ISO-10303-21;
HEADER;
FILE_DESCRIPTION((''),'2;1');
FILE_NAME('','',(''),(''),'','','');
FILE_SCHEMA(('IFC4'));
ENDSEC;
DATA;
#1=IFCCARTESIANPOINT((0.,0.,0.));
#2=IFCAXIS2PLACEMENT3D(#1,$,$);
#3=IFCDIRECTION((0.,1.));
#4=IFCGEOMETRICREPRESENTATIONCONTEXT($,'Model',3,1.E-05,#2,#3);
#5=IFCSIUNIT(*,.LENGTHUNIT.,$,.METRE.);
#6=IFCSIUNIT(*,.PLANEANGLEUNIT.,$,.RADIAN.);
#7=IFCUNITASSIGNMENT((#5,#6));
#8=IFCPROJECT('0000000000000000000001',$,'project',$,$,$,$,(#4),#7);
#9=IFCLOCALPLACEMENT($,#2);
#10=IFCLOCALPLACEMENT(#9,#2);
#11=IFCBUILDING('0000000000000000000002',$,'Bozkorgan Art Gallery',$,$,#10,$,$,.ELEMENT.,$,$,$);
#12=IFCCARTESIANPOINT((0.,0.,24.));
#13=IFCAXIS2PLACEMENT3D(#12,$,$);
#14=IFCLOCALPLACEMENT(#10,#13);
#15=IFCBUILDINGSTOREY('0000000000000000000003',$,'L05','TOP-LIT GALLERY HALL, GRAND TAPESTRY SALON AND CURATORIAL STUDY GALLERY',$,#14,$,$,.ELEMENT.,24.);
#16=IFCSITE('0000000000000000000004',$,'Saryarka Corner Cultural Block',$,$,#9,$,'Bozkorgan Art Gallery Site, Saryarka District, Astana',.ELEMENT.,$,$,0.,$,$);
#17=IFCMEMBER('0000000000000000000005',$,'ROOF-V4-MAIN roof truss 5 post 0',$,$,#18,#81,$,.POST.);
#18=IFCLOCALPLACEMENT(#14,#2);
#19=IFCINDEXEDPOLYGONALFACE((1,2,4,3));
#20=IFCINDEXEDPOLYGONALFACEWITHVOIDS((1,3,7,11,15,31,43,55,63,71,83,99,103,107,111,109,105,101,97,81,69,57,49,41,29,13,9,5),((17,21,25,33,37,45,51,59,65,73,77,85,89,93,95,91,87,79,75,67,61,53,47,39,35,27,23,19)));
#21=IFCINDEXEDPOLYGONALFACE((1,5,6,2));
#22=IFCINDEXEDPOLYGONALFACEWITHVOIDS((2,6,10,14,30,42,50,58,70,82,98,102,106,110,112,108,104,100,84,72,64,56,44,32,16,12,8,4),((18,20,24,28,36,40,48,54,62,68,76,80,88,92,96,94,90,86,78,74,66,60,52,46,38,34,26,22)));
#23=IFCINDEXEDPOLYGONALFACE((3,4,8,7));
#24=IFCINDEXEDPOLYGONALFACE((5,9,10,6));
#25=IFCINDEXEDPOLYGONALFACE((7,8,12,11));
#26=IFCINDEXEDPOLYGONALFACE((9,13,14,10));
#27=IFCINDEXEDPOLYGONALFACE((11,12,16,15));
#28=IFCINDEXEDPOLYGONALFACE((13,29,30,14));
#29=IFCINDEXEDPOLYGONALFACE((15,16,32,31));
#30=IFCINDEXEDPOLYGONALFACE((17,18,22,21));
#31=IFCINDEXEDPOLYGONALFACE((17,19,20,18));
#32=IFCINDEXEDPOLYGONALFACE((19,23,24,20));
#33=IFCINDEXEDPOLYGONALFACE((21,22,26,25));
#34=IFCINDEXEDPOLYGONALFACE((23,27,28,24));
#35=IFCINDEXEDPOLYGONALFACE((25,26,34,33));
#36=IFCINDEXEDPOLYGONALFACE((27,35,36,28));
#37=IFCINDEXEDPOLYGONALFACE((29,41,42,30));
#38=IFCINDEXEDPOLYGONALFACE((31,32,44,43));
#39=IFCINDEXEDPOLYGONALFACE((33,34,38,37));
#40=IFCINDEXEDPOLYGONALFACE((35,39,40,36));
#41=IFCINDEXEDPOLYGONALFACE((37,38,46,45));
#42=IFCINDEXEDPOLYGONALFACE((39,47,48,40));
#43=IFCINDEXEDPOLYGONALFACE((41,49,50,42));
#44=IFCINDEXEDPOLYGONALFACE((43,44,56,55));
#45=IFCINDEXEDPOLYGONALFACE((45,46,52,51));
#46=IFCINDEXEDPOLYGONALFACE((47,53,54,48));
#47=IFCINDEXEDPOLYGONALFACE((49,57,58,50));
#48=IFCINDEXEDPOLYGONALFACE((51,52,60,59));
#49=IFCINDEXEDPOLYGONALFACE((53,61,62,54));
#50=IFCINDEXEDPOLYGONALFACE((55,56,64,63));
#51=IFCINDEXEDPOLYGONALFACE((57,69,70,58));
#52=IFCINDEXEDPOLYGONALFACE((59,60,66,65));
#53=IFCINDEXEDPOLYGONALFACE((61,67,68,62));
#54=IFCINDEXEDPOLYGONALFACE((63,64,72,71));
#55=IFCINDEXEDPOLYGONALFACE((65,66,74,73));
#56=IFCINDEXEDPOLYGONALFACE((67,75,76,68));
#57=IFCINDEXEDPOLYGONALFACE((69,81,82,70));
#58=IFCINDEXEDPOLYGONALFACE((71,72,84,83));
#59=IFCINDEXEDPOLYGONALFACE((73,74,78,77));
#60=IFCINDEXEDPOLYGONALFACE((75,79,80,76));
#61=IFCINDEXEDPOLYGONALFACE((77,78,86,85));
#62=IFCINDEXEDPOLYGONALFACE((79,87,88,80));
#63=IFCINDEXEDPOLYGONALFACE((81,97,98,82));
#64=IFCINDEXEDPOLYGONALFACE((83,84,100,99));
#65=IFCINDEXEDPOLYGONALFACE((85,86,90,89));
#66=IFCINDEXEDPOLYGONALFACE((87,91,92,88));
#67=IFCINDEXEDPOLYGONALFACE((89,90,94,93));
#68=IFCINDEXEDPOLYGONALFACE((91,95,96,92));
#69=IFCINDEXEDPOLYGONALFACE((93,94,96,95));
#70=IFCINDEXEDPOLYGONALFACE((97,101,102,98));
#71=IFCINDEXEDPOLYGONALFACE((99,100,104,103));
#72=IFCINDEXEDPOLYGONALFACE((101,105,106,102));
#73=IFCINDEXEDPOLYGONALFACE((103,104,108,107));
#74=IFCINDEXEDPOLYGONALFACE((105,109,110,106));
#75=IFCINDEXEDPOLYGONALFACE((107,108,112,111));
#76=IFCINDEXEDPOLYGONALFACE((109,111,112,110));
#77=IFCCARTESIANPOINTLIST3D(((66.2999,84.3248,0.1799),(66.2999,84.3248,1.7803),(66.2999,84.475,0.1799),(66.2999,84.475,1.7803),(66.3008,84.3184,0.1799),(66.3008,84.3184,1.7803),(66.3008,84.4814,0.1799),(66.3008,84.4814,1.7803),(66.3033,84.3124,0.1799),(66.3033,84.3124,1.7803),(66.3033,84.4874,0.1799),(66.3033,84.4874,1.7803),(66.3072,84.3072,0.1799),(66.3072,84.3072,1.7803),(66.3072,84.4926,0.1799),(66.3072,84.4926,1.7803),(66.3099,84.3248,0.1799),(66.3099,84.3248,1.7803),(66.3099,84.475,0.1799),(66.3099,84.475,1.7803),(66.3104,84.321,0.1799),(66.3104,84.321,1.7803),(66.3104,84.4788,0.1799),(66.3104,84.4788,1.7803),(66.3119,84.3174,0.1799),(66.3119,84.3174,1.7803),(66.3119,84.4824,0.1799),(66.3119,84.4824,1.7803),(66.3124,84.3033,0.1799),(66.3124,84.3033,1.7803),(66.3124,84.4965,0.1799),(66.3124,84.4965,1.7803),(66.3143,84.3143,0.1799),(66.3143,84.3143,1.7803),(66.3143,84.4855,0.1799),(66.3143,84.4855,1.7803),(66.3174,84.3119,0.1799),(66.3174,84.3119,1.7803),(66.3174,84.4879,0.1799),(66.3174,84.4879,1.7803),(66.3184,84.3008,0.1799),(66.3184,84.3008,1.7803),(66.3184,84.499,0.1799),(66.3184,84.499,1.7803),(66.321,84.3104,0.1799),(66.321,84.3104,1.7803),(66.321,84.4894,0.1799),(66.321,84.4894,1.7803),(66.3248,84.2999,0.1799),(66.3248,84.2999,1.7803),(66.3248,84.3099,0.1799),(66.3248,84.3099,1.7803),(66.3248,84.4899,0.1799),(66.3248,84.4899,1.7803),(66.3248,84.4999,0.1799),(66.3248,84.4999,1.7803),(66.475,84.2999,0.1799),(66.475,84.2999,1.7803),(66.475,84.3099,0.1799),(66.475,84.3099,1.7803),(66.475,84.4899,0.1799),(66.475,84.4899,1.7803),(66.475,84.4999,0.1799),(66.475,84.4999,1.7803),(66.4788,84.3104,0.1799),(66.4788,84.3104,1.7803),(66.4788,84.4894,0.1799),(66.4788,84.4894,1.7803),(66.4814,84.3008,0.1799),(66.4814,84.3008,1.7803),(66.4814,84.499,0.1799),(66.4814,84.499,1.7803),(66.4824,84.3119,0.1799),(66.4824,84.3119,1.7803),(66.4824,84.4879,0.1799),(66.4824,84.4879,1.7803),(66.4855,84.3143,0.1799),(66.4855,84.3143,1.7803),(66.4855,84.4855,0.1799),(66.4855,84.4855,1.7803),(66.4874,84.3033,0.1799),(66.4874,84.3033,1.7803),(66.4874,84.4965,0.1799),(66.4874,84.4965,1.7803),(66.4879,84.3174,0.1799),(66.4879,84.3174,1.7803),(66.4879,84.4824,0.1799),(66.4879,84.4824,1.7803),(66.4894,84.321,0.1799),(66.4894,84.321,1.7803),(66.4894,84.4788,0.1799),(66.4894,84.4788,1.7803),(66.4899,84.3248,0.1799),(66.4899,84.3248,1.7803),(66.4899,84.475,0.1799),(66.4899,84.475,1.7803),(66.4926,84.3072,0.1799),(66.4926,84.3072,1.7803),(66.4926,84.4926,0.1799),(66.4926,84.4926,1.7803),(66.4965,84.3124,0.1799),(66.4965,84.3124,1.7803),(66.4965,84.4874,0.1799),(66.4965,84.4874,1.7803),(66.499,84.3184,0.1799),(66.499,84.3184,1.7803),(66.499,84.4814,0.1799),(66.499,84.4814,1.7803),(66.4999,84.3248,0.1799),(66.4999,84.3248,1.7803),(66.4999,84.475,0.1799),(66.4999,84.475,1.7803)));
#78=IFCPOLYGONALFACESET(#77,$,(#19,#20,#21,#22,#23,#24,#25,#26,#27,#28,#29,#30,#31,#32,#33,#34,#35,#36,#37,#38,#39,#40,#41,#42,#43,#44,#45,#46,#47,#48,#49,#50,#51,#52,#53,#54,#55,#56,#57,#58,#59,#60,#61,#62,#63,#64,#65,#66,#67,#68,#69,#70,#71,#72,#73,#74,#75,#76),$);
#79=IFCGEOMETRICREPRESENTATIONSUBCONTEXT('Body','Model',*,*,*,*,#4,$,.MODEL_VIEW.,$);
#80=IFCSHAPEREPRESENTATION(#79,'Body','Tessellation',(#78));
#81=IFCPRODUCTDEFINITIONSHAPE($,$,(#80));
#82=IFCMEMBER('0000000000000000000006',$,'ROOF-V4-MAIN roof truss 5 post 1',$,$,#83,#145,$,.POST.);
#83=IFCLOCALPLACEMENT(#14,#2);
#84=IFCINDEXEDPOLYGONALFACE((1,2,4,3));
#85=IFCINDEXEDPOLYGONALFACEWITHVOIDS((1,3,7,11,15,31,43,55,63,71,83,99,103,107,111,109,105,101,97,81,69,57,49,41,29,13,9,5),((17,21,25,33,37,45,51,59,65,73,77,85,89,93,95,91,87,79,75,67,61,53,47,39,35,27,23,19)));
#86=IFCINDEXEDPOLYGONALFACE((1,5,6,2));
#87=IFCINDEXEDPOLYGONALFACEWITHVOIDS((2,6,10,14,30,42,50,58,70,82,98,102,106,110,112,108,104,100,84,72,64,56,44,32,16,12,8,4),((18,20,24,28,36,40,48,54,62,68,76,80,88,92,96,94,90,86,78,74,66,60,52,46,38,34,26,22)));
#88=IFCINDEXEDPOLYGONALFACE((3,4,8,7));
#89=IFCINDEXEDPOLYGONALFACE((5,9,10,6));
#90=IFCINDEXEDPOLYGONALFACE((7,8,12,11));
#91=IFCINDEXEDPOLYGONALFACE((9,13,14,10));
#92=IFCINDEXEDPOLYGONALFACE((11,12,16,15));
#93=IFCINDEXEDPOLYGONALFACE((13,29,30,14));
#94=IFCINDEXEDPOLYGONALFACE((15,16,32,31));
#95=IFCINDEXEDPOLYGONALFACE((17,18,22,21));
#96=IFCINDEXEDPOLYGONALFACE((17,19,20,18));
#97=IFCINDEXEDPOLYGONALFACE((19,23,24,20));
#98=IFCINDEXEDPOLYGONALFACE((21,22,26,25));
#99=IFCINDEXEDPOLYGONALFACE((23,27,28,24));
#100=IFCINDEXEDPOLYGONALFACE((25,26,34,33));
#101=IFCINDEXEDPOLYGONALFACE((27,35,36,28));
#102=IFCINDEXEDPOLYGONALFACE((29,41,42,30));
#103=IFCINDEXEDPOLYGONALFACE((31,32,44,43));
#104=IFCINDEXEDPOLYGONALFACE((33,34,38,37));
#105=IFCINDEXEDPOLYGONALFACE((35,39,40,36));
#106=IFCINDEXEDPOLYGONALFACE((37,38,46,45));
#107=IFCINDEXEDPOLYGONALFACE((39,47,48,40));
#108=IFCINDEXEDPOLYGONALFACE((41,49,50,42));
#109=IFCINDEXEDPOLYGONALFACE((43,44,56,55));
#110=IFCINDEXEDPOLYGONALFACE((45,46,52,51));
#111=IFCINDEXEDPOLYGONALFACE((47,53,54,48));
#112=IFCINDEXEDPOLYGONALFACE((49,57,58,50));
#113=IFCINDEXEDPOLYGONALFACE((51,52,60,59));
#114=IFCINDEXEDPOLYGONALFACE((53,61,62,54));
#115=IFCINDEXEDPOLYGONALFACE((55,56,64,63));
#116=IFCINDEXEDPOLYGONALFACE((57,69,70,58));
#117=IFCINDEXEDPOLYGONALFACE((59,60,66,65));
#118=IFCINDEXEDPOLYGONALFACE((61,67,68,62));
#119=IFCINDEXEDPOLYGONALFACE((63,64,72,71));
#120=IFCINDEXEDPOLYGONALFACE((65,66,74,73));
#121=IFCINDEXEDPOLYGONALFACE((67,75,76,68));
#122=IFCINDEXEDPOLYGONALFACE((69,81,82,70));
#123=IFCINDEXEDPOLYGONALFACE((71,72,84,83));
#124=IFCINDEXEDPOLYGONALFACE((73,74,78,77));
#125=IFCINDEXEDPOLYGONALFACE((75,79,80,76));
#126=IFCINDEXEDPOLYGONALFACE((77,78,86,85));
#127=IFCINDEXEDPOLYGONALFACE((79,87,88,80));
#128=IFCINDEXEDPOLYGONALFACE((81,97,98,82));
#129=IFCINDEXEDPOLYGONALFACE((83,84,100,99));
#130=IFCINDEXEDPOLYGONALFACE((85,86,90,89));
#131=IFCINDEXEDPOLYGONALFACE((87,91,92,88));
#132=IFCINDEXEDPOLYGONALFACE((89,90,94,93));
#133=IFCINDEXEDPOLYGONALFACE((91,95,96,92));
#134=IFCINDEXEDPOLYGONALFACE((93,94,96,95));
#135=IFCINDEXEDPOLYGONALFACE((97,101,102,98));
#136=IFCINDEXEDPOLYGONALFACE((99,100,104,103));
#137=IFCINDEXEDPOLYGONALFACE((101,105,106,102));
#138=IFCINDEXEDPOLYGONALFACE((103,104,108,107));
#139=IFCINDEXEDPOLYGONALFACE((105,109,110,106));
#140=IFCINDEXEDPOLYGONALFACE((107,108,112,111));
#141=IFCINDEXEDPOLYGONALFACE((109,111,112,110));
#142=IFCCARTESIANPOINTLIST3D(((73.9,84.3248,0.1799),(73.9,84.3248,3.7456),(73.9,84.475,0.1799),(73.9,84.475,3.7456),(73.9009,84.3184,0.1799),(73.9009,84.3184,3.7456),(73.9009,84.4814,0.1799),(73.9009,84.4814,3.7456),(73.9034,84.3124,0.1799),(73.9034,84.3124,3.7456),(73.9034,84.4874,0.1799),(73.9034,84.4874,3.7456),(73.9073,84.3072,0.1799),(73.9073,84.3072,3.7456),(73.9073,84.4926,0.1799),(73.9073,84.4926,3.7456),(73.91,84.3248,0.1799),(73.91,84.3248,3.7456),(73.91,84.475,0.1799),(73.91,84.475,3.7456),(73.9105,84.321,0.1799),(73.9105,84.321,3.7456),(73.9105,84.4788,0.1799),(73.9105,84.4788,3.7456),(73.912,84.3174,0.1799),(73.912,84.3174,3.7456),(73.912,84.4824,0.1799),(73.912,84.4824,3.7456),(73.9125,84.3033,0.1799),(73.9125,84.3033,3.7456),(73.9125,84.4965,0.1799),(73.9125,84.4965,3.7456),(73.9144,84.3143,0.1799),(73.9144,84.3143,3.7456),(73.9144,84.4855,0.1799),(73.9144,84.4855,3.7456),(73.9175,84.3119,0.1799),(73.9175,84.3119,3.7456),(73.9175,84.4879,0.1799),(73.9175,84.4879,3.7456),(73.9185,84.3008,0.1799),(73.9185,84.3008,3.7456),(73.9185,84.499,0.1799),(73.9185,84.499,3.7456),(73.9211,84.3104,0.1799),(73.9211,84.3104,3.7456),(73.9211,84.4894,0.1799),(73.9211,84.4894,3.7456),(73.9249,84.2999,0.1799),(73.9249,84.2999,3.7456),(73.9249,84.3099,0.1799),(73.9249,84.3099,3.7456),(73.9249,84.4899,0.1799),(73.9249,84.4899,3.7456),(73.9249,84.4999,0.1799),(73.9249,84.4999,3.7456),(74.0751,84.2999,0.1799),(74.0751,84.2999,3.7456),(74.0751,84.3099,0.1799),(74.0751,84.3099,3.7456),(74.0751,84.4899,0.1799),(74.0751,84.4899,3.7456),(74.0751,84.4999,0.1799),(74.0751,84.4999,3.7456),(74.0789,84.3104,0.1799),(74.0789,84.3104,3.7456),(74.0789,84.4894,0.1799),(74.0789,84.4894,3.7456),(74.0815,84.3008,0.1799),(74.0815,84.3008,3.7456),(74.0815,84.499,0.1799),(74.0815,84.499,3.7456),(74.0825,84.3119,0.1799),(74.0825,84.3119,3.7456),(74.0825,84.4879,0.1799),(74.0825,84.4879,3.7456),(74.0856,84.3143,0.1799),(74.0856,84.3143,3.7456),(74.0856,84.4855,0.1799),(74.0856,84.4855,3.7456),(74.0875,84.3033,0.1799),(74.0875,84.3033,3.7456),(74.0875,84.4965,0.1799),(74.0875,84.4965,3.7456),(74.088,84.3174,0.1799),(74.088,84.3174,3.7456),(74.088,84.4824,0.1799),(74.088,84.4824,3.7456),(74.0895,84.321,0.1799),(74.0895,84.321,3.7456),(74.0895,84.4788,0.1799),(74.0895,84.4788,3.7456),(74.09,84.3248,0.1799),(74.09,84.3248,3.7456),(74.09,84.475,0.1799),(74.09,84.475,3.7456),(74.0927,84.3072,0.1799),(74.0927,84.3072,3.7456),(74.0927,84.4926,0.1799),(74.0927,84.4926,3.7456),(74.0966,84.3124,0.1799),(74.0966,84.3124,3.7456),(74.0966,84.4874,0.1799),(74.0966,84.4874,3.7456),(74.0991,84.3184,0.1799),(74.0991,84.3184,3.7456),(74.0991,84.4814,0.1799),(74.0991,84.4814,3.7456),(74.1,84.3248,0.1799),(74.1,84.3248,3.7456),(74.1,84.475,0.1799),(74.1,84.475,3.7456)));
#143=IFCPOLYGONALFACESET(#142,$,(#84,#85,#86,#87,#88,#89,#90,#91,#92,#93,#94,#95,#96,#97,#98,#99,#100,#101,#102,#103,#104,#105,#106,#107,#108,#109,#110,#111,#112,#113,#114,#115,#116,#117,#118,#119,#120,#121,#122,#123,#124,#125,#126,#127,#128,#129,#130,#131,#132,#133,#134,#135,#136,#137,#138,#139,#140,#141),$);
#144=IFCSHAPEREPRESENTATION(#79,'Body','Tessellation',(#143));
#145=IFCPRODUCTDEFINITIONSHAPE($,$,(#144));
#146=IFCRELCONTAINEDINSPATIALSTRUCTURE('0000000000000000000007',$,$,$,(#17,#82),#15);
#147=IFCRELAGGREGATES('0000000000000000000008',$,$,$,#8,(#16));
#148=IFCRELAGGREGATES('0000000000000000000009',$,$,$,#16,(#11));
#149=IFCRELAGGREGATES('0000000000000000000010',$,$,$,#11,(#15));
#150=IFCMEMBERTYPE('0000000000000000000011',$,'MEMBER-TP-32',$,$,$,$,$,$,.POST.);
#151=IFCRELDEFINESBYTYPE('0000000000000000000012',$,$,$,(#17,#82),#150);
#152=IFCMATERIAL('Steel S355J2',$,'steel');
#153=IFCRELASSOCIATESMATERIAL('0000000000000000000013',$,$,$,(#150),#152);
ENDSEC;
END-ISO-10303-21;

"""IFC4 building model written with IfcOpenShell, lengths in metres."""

from ifc_helpers import new_model, si_unit, direction, frame, origin, origin_2d, place, context, subcontext, project, spatial, hollow_rectangle, extrude, material, material_profile, profile_set, type_object, element, save


model = new_model("IFC4")

# Units and contexts
model_context = context("Model", 3, precision=1e-05, world=origin(), true_north=direction((0.0, 1.0)))
body_context = subcontext(model_context, "Body", "Model", "MODEL_VIEW")
ifc_project = project(units=[si_unit("LENGTHUNIT", "METRE"), si_unit("PLANEANGLEUNIT", "RADIAN")], contexts=[model_context])

# Site, building, storey
site_placement = place(None, origin())
site = spatial("IfcSite", under=ifc_project, at=site_placement, Name="Saryarka Corner Cultural Block", LongName="Bozkorgan Art Gallery Site, Saryarka District, Astana", CompositionType="ELEMENT", RefElevation=0.0)
building_placement = place(site_placement, origin())
building = spatial("IfcBuilding", under=site, at=building_placement, Name="Bozkorgan Art Gallery", CompositionType="ELEMENT")
storey_placement = place(building_placement, frame((0.0, 0.0, 24.0)))
storey = spatial("IfcBuildingStorey", under=building, at=storey_placement, Name="L05", Description="TOP-LIT GALLERY HALL, GRAND TAPESTRY SALON AND CURATORIAL STUDY GALLERY", CompositionType="ELEMENT", Elevation=24.0)

# Shared definitions
ifc_material = material(Name="Steel S355J2", Category="steel")

# Members
ifc_material_profile_1 = material_profile(ifc_material, hollow_rectangle(XDim=0.2, YDim=0.2, WallThickness=0.01, InnerFilletRadius=0.0149, OuterFilletRadius=0.0249, at=origin_2d()), Name="SHS 200x200x10")
ifc_profile_set_1 = profile_set([ifc_material_profile_1], Name="Steel S355J2")
member_type_1 = type_object("IfcMemberType", Name="MEMBER-TP-32", PredefinedType="POST", material=ifc_profile_set_1)
member_1_placement = place(storey_placement, frame((66.3999, 84.3999, 0.1799), z_axis=(0.0, 0.0, 1.0), x_axis=(1.0, 0.0, 0.0)))
element("IfcMember", 1, at=member_1_placement, inside=storey, type_object=member_type_1, Name="ROOF-V4-MAIN roof truss 5 post 0", PredefinedType="POST", context=body_context, shape_type="SweptSolid", body=[
    extrude(hollow_rectangle(XDim=0.2, YDim=0.2, WallThickness=0.01, InnerFilletRadius=0.0149, OuterFilletRadius=0.0249, at=origin_2d()), origin(), (0.0, 0.0, 1.0), 1.6003),
])
member_2_placement = place(storey_placement, frame((74.0, 84.3999, 0.1799), z_axis=(0.0, 0.0, 1.0), x_axis=(1.0, 0.0, 0.0)))
element("IfcMember", 2, at=member_2_placement, inside=storey, type_object=member_type_1, Name="ROOF-V4-MAIN roof truss 5 post 1", PredefinedType="POST", context=body_context, shape_type="SweptSolid", body=[
    extrude(hollow_rectangle(XDim=0.2, YDim=0.2, WallThickness=0.01, InnerFilletRadius=0.0149, OuterFilletRadius=0.0249, at=origin_2d()), origin(), (0.0, 0.0, 1.0), 3.5657),
])

save(model, "model.ifc")
